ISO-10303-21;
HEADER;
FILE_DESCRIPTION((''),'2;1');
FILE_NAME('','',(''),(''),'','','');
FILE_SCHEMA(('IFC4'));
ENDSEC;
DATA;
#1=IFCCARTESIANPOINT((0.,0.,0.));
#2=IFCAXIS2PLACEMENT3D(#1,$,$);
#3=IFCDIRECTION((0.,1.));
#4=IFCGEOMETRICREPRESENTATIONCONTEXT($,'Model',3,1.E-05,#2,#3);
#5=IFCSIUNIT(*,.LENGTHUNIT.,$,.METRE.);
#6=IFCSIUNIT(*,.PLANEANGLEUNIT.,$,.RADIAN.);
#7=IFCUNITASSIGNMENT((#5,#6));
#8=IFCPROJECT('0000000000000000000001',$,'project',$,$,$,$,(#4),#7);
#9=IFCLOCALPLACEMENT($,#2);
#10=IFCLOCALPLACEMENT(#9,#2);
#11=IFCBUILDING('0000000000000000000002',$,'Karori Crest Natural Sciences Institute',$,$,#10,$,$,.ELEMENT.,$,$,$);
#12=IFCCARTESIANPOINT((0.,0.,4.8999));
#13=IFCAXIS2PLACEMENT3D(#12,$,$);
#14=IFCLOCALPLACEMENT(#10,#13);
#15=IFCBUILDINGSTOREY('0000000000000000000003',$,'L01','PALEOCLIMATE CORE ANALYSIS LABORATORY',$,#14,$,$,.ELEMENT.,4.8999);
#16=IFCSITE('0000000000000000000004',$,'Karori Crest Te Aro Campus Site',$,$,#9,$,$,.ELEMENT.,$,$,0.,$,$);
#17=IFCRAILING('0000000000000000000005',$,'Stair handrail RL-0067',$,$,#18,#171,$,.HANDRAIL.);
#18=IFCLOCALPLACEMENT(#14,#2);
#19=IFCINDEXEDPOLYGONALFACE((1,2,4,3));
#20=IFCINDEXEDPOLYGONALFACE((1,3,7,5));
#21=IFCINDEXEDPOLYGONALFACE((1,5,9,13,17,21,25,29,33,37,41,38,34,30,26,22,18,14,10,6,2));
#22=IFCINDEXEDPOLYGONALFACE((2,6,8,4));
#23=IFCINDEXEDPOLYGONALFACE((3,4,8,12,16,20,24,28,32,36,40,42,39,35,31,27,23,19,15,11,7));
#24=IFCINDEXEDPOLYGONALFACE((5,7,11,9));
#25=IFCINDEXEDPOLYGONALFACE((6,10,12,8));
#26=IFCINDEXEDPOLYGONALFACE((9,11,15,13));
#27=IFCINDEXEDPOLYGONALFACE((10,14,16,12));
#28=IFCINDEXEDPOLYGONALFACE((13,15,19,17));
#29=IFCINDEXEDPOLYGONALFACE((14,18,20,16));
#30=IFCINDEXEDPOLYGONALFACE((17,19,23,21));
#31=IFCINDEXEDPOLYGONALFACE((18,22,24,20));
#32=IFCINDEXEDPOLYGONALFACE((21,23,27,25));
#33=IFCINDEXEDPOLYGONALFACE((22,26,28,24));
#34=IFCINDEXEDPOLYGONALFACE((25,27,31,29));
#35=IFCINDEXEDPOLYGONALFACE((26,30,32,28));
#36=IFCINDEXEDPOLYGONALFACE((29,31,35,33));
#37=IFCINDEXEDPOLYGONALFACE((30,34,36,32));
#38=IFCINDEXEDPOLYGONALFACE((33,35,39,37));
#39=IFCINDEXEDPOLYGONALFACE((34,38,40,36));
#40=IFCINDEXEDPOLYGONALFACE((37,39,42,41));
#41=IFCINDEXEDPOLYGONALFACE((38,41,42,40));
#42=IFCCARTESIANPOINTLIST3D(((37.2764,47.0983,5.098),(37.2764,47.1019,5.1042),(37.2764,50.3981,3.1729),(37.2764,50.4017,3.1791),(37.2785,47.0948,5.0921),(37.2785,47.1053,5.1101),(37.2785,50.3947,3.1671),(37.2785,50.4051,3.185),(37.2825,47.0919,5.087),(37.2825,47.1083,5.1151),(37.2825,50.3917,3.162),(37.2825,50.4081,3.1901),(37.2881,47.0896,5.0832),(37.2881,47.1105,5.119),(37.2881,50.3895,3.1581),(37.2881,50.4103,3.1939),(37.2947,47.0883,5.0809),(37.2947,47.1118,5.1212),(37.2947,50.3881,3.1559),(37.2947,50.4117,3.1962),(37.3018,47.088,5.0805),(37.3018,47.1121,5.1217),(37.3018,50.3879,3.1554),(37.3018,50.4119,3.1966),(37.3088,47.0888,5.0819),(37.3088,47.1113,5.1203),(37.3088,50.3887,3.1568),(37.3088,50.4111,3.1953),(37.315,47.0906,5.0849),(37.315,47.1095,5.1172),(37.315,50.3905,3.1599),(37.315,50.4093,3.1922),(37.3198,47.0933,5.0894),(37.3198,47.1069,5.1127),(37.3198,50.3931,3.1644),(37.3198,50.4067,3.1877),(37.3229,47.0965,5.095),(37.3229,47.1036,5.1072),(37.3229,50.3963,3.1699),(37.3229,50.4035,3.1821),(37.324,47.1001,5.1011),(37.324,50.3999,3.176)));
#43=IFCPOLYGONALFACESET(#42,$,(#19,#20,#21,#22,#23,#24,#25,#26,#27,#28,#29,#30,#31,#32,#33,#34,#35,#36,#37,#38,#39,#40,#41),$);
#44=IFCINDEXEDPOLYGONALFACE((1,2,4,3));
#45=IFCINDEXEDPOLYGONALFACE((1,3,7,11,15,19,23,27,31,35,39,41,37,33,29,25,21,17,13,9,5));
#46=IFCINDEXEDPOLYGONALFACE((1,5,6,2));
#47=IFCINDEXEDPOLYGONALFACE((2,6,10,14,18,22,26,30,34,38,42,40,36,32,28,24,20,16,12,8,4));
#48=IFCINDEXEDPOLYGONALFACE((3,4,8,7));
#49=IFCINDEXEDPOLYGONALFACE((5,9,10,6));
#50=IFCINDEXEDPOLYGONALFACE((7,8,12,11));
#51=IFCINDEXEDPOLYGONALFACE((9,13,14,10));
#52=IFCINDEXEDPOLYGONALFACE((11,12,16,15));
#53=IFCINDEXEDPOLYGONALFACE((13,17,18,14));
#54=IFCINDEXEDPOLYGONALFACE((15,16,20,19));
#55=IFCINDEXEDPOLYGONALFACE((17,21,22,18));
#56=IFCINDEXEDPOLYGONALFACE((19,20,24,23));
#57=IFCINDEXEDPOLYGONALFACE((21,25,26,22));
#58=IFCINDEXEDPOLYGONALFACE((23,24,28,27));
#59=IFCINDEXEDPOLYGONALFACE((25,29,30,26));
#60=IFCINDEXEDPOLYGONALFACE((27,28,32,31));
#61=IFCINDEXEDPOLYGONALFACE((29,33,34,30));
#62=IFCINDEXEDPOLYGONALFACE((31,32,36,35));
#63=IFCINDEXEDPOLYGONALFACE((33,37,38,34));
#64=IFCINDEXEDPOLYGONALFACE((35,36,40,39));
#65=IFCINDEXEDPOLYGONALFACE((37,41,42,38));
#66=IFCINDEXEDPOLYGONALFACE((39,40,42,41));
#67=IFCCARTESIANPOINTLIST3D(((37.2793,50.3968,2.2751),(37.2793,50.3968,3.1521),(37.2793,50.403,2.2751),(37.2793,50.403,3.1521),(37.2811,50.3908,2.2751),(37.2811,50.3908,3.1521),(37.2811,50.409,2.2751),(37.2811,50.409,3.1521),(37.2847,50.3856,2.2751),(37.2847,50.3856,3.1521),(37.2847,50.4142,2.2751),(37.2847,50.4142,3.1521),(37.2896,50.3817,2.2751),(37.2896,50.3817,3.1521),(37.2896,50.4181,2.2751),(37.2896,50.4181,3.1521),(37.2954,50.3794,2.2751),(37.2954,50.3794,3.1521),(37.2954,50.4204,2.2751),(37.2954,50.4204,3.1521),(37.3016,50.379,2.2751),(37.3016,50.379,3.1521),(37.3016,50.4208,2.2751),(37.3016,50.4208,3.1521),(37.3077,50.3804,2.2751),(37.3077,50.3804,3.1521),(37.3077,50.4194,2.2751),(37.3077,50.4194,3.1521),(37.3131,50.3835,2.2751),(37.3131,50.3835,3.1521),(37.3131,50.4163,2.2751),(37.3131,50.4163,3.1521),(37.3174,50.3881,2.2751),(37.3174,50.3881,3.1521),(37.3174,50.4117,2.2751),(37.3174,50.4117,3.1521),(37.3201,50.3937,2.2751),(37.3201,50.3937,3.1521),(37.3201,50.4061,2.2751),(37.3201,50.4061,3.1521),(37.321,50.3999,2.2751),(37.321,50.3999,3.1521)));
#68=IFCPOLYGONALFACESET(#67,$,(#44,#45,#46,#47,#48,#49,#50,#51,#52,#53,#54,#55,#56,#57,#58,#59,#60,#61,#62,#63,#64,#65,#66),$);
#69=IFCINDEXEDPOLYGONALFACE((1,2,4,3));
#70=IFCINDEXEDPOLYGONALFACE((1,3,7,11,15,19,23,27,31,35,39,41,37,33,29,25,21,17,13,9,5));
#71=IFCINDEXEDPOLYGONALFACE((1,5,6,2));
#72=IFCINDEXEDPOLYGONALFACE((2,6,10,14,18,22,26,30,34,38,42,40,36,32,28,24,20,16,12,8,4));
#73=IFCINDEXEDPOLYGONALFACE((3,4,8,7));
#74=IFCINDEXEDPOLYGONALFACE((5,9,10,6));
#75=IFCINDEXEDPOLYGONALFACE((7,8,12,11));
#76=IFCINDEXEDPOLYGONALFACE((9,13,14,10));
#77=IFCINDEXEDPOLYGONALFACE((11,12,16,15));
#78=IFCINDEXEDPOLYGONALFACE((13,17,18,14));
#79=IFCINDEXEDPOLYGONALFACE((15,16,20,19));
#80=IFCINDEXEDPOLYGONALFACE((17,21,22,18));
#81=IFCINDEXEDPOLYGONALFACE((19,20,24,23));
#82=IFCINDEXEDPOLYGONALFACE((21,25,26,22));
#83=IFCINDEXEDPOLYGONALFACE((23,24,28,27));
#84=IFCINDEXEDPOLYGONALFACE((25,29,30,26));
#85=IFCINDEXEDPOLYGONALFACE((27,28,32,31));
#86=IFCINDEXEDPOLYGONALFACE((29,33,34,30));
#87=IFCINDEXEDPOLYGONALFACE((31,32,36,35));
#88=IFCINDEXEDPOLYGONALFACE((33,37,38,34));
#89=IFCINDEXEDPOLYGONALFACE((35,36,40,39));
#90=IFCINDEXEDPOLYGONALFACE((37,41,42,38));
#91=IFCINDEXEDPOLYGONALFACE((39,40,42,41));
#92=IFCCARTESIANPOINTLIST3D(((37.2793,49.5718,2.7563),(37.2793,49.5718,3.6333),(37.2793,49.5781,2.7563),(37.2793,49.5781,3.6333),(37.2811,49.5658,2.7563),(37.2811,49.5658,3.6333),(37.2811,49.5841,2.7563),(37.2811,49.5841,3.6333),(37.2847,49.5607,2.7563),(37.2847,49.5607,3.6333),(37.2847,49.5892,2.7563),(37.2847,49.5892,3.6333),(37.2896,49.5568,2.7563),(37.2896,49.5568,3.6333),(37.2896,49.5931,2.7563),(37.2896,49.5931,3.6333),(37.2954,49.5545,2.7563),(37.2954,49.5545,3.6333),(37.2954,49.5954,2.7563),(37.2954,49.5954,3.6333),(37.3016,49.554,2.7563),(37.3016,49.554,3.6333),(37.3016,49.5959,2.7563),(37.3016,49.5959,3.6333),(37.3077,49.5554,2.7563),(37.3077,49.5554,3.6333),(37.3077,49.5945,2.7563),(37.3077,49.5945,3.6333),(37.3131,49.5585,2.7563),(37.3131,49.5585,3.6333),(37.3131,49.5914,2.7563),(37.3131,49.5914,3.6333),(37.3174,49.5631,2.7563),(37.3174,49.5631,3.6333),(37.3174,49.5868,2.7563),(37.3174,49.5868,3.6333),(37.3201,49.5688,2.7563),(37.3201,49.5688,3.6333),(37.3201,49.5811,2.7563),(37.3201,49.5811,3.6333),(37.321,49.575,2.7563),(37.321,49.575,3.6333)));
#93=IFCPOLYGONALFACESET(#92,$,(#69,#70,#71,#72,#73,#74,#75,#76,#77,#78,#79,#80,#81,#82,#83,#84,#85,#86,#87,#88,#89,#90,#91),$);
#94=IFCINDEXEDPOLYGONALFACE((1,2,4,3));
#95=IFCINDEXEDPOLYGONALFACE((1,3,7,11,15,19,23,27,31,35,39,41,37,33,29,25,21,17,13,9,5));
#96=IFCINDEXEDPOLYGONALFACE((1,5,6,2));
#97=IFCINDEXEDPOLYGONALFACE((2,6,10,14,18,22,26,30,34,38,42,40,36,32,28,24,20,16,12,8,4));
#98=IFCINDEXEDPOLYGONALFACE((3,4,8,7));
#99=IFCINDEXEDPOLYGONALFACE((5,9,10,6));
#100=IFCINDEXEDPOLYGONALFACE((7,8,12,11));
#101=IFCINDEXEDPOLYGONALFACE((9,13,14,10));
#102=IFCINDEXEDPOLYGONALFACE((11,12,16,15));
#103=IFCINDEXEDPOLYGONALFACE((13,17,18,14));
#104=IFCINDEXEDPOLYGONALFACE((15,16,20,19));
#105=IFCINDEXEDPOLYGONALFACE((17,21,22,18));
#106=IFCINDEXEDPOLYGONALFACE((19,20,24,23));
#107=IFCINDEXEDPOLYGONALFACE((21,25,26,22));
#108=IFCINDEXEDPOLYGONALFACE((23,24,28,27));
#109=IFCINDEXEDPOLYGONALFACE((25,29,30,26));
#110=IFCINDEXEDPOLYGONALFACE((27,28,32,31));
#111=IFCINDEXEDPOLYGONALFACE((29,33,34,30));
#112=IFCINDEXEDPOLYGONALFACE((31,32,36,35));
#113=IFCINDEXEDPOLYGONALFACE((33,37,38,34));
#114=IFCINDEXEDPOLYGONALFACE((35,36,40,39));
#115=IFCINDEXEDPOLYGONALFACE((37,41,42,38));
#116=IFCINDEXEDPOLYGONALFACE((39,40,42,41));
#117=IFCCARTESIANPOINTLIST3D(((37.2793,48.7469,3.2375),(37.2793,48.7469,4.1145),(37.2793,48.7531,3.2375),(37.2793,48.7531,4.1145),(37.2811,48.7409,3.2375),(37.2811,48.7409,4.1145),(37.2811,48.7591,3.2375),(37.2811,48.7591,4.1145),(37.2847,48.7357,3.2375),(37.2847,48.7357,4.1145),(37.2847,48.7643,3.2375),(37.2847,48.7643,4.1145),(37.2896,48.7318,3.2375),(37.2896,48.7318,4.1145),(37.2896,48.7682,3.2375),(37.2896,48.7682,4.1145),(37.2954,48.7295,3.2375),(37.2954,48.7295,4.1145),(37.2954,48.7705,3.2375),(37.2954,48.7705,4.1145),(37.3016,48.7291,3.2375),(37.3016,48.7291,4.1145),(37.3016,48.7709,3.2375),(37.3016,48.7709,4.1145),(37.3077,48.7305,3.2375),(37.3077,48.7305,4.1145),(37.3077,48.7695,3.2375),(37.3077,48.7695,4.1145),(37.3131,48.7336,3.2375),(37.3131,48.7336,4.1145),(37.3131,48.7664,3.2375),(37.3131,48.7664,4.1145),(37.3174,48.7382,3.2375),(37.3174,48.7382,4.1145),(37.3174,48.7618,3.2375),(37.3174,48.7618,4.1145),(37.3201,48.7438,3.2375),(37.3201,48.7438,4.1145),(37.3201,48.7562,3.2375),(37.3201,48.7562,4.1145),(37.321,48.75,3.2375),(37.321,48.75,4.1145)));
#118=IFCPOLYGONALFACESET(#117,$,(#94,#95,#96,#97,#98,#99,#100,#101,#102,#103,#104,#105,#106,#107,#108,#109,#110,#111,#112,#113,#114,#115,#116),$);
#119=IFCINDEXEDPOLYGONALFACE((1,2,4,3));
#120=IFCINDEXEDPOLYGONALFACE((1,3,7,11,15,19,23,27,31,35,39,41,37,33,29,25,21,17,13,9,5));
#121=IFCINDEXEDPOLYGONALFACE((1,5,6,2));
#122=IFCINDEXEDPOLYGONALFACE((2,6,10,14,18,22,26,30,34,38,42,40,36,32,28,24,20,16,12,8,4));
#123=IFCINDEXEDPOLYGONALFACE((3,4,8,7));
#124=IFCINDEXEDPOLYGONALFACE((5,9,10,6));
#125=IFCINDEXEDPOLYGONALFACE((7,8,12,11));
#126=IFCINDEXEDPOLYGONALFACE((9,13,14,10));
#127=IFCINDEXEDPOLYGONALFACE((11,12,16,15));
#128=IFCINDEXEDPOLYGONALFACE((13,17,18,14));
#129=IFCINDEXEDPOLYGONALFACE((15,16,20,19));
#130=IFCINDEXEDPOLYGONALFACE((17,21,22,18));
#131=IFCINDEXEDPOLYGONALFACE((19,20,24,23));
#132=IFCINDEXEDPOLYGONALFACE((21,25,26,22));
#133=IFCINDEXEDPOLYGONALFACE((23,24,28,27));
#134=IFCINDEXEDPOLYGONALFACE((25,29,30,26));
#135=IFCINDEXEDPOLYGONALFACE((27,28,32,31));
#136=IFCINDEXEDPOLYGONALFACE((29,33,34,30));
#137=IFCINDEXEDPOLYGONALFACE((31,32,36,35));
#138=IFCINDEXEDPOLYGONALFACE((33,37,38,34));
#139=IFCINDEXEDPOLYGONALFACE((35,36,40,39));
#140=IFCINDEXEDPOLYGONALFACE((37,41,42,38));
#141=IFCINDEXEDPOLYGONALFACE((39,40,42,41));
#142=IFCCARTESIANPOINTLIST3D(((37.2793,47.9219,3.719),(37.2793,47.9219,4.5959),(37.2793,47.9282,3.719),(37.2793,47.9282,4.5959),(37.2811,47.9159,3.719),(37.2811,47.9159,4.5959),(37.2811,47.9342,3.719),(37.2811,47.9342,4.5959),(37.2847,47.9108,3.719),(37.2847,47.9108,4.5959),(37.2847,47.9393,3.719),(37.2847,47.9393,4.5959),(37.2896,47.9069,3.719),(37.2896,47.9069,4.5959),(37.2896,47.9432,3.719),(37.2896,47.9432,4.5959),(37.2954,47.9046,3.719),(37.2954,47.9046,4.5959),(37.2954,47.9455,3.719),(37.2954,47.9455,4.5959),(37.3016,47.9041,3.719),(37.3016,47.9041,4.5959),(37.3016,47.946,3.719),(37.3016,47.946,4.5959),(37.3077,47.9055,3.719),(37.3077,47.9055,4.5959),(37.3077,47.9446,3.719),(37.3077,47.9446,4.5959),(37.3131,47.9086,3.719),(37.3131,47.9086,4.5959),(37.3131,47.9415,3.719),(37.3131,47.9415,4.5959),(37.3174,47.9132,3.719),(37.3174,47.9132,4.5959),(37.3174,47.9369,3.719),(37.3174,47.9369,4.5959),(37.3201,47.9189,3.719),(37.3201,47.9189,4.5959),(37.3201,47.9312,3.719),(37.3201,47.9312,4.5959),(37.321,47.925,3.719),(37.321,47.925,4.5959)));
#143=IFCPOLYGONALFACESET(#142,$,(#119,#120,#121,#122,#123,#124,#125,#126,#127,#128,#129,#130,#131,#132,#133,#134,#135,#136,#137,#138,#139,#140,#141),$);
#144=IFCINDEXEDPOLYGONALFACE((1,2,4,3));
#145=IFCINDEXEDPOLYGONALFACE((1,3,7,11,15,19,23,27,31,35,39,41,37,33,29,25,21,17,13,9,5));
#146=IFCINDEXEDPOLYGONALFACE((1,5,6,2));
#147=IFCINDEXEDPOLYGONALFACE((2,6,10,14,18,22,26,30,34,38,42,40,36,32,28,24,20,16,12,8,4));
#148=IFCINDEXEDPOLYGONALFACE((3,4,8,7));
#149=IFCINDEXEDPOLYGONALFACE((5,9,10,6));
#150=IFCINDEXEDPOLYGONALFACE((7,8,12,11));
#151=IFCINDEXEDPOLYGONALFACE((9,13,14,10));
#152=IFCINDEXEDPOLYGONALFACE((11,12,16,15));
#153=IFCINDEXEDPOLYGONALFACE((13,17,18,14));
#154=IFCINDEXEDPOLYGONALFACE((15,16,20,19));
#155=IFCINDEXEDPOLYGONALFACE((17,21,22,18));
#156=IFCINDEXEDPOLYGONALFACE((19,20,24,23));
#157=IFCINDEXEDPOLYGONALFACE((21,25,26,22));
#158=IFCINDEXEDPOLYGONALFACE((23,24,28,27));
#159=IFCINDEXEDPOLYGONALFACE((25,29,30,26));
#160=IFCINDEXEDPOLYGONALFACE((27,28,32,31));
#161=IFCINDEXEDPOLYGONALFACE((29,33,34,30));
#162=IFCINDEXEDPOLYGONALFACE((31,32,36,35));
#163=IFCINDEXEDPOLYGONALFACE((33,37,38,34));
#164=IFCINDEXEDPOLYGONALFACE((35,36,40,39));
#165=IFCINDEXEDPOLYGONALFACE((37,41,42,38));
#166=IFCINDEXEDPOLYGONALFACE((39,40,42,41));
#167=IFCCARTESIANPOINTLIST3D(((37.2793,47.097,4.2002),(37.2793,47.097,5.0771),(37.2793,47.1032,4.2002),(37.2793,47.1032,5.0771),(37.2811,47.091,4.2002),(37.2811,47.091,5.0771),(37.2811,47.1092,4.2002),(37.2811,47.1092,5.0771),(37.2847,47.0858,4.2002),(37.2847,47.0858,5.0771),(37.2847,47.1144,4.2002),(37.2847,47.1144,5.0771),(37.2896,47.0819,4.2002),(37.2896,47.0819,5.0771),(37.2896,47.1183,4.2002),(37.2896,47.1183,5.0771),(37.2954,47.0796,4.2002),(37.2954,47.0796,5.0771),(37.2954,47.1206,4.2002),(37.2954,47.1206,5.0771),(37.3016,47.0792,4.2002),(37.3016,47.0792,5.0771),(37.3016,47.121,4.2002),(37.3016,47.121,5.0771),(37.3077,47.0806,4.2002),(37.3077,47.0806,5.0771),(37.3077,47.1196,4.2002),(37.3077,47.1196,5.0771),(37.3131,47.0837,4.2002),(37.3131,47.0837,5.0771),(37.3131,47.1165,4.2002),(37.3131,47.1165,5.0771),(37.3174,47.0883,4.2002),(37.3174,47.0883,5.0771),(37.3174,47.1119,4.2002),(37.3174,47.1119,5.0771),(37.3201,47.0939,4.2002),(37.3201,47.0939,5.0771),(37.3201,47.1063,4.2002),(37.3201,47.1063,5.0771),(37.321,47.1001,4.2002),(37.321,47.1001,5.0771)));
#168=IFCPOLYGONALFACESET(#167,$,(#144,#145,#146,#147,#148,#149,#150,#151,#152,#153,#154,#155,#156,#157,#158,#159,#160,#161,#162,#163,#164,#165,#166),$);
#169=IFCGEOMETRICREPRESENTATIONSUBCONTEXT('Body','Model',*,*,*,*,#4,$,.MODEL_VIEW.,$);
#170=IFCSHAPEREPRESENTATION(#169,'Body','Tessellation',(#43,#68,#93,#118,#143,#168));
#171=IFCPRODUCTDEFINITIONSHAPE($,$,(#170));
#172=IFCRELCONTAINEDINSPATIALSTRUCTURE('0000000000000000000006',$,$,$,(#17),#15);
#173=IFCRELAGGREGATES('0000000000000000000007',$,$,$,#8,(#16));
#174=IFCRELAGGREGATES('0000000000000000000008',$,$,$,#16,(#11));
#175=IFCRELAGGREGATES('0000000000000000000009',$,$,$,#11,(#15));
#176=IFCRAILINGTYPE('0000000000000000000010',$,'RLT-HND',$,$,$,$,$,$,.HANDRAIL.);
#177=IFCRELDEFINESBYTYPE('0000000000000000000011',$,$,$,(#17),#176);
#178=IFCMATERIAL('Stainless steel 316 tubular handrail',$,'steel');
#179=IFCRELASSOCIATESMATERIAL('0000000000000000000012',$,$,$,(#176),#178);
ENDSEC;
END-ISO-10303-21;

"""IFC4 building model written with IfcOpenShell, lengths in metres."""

from ifc_helpers import new_model, si_unit, direction, frame, origin, origin_2d, place, context, subcontext, project, spatial, circle, extrude, material, type_object, element, save


model = new_model("IFC4")

# Units and contexts
model_context = context("Model", 3, precision=1e-05, world=origin(), true_north=direction((0.0, 1.0)))
body_context = subcontext(model_context, "Body", "Model", "MODEL_VIEW")
ifc_project = project(units=[si_unit("LENGTHUNIT", "METRE"), si_unit("PLANEANGLEUNIT", "RADIAN")], contexts=[model_context])

# Site, building, storey
site_placement = place(None, origin())
site = spatial("IfcSite", under=ifc_project, at=site_placement, Name="Karori Crest Te Aro Campus Site", CompositionType="ELEMENT", RefElevation=0.0)
building_placement = place(site_placement, origin())
building = spatial("IfcBuilding", under=site, at=building_placement, Name="Karori Crest Natural Sciences Institute", CompositionType="ELEMENT")
storey_placement = place(building_placement, frame((0.0, 0.0, 4.8999)))
storey = spatial("IfcBuildingStorey", under=building, at=storey_placement, Name="L01", Description="PALEOCLIMATE CORE ANALYSIS LABORATORY", CompositionType="ELEMENT", Elevation=4.8999)

# Railing
ifc_material_1 = material(Name="Stainless steel 316 tubular handrail", Category="steel")
railing_type_1 = type_object("IfcRailingType", Name="RLT-HND", PredefinedType="HANDRAIL", material=ifc_material_1)
railing_1_placement = place(storey_placement, frame((37.3, 50.3999, 2.2751)))
element("IfcRailing", 1, at=railing_1_placement, inside=storey, type_object=railing_type_1, Name="Stair handrail RL-0067", PredefinedType="HANDRAIL", context=body_context, shape_type="SweptSolid", body=[
    extrude(circle(Radius=0.0239, at=origin_2d()), frame((0.0, 0.0, 0.9009), z_axis=(0.0, -0.86376, 0.503903), x_axis=(1.0, 0.0, 0.0)), (0.0, 0.0, 1.0), 3.8203),
    extrude(circle(Radius=0.021, at=origin_2d()), origin(), (0.0, 0.0, 1.0), 0.877),
    extrude(circle(Radius=0.021, at=origin_2d()), frame((0.0, -0.825, 0.4812)), (0.0, 0.0, 1.0), 0.877),
    extrude(circle(Radius=0.021, at=origin_2d()), frame((0.0, -1.6499, 0.9624)), (0.0, 0.0, 1.0), 0.877),
    extrude(circle(Radius=0.021, at=origin_2d()), frame((0.0, -2.4749, 1.4438)), (0.0, 0.0, 1.0), 0.877),
    extrude(circle(Radius=0.021, at=origin_2d()), frame((0.0, -3.2998, 1.925)), (0.0, 0.0, 1.0), 0.877),
])

save(model, "model.ifc")
